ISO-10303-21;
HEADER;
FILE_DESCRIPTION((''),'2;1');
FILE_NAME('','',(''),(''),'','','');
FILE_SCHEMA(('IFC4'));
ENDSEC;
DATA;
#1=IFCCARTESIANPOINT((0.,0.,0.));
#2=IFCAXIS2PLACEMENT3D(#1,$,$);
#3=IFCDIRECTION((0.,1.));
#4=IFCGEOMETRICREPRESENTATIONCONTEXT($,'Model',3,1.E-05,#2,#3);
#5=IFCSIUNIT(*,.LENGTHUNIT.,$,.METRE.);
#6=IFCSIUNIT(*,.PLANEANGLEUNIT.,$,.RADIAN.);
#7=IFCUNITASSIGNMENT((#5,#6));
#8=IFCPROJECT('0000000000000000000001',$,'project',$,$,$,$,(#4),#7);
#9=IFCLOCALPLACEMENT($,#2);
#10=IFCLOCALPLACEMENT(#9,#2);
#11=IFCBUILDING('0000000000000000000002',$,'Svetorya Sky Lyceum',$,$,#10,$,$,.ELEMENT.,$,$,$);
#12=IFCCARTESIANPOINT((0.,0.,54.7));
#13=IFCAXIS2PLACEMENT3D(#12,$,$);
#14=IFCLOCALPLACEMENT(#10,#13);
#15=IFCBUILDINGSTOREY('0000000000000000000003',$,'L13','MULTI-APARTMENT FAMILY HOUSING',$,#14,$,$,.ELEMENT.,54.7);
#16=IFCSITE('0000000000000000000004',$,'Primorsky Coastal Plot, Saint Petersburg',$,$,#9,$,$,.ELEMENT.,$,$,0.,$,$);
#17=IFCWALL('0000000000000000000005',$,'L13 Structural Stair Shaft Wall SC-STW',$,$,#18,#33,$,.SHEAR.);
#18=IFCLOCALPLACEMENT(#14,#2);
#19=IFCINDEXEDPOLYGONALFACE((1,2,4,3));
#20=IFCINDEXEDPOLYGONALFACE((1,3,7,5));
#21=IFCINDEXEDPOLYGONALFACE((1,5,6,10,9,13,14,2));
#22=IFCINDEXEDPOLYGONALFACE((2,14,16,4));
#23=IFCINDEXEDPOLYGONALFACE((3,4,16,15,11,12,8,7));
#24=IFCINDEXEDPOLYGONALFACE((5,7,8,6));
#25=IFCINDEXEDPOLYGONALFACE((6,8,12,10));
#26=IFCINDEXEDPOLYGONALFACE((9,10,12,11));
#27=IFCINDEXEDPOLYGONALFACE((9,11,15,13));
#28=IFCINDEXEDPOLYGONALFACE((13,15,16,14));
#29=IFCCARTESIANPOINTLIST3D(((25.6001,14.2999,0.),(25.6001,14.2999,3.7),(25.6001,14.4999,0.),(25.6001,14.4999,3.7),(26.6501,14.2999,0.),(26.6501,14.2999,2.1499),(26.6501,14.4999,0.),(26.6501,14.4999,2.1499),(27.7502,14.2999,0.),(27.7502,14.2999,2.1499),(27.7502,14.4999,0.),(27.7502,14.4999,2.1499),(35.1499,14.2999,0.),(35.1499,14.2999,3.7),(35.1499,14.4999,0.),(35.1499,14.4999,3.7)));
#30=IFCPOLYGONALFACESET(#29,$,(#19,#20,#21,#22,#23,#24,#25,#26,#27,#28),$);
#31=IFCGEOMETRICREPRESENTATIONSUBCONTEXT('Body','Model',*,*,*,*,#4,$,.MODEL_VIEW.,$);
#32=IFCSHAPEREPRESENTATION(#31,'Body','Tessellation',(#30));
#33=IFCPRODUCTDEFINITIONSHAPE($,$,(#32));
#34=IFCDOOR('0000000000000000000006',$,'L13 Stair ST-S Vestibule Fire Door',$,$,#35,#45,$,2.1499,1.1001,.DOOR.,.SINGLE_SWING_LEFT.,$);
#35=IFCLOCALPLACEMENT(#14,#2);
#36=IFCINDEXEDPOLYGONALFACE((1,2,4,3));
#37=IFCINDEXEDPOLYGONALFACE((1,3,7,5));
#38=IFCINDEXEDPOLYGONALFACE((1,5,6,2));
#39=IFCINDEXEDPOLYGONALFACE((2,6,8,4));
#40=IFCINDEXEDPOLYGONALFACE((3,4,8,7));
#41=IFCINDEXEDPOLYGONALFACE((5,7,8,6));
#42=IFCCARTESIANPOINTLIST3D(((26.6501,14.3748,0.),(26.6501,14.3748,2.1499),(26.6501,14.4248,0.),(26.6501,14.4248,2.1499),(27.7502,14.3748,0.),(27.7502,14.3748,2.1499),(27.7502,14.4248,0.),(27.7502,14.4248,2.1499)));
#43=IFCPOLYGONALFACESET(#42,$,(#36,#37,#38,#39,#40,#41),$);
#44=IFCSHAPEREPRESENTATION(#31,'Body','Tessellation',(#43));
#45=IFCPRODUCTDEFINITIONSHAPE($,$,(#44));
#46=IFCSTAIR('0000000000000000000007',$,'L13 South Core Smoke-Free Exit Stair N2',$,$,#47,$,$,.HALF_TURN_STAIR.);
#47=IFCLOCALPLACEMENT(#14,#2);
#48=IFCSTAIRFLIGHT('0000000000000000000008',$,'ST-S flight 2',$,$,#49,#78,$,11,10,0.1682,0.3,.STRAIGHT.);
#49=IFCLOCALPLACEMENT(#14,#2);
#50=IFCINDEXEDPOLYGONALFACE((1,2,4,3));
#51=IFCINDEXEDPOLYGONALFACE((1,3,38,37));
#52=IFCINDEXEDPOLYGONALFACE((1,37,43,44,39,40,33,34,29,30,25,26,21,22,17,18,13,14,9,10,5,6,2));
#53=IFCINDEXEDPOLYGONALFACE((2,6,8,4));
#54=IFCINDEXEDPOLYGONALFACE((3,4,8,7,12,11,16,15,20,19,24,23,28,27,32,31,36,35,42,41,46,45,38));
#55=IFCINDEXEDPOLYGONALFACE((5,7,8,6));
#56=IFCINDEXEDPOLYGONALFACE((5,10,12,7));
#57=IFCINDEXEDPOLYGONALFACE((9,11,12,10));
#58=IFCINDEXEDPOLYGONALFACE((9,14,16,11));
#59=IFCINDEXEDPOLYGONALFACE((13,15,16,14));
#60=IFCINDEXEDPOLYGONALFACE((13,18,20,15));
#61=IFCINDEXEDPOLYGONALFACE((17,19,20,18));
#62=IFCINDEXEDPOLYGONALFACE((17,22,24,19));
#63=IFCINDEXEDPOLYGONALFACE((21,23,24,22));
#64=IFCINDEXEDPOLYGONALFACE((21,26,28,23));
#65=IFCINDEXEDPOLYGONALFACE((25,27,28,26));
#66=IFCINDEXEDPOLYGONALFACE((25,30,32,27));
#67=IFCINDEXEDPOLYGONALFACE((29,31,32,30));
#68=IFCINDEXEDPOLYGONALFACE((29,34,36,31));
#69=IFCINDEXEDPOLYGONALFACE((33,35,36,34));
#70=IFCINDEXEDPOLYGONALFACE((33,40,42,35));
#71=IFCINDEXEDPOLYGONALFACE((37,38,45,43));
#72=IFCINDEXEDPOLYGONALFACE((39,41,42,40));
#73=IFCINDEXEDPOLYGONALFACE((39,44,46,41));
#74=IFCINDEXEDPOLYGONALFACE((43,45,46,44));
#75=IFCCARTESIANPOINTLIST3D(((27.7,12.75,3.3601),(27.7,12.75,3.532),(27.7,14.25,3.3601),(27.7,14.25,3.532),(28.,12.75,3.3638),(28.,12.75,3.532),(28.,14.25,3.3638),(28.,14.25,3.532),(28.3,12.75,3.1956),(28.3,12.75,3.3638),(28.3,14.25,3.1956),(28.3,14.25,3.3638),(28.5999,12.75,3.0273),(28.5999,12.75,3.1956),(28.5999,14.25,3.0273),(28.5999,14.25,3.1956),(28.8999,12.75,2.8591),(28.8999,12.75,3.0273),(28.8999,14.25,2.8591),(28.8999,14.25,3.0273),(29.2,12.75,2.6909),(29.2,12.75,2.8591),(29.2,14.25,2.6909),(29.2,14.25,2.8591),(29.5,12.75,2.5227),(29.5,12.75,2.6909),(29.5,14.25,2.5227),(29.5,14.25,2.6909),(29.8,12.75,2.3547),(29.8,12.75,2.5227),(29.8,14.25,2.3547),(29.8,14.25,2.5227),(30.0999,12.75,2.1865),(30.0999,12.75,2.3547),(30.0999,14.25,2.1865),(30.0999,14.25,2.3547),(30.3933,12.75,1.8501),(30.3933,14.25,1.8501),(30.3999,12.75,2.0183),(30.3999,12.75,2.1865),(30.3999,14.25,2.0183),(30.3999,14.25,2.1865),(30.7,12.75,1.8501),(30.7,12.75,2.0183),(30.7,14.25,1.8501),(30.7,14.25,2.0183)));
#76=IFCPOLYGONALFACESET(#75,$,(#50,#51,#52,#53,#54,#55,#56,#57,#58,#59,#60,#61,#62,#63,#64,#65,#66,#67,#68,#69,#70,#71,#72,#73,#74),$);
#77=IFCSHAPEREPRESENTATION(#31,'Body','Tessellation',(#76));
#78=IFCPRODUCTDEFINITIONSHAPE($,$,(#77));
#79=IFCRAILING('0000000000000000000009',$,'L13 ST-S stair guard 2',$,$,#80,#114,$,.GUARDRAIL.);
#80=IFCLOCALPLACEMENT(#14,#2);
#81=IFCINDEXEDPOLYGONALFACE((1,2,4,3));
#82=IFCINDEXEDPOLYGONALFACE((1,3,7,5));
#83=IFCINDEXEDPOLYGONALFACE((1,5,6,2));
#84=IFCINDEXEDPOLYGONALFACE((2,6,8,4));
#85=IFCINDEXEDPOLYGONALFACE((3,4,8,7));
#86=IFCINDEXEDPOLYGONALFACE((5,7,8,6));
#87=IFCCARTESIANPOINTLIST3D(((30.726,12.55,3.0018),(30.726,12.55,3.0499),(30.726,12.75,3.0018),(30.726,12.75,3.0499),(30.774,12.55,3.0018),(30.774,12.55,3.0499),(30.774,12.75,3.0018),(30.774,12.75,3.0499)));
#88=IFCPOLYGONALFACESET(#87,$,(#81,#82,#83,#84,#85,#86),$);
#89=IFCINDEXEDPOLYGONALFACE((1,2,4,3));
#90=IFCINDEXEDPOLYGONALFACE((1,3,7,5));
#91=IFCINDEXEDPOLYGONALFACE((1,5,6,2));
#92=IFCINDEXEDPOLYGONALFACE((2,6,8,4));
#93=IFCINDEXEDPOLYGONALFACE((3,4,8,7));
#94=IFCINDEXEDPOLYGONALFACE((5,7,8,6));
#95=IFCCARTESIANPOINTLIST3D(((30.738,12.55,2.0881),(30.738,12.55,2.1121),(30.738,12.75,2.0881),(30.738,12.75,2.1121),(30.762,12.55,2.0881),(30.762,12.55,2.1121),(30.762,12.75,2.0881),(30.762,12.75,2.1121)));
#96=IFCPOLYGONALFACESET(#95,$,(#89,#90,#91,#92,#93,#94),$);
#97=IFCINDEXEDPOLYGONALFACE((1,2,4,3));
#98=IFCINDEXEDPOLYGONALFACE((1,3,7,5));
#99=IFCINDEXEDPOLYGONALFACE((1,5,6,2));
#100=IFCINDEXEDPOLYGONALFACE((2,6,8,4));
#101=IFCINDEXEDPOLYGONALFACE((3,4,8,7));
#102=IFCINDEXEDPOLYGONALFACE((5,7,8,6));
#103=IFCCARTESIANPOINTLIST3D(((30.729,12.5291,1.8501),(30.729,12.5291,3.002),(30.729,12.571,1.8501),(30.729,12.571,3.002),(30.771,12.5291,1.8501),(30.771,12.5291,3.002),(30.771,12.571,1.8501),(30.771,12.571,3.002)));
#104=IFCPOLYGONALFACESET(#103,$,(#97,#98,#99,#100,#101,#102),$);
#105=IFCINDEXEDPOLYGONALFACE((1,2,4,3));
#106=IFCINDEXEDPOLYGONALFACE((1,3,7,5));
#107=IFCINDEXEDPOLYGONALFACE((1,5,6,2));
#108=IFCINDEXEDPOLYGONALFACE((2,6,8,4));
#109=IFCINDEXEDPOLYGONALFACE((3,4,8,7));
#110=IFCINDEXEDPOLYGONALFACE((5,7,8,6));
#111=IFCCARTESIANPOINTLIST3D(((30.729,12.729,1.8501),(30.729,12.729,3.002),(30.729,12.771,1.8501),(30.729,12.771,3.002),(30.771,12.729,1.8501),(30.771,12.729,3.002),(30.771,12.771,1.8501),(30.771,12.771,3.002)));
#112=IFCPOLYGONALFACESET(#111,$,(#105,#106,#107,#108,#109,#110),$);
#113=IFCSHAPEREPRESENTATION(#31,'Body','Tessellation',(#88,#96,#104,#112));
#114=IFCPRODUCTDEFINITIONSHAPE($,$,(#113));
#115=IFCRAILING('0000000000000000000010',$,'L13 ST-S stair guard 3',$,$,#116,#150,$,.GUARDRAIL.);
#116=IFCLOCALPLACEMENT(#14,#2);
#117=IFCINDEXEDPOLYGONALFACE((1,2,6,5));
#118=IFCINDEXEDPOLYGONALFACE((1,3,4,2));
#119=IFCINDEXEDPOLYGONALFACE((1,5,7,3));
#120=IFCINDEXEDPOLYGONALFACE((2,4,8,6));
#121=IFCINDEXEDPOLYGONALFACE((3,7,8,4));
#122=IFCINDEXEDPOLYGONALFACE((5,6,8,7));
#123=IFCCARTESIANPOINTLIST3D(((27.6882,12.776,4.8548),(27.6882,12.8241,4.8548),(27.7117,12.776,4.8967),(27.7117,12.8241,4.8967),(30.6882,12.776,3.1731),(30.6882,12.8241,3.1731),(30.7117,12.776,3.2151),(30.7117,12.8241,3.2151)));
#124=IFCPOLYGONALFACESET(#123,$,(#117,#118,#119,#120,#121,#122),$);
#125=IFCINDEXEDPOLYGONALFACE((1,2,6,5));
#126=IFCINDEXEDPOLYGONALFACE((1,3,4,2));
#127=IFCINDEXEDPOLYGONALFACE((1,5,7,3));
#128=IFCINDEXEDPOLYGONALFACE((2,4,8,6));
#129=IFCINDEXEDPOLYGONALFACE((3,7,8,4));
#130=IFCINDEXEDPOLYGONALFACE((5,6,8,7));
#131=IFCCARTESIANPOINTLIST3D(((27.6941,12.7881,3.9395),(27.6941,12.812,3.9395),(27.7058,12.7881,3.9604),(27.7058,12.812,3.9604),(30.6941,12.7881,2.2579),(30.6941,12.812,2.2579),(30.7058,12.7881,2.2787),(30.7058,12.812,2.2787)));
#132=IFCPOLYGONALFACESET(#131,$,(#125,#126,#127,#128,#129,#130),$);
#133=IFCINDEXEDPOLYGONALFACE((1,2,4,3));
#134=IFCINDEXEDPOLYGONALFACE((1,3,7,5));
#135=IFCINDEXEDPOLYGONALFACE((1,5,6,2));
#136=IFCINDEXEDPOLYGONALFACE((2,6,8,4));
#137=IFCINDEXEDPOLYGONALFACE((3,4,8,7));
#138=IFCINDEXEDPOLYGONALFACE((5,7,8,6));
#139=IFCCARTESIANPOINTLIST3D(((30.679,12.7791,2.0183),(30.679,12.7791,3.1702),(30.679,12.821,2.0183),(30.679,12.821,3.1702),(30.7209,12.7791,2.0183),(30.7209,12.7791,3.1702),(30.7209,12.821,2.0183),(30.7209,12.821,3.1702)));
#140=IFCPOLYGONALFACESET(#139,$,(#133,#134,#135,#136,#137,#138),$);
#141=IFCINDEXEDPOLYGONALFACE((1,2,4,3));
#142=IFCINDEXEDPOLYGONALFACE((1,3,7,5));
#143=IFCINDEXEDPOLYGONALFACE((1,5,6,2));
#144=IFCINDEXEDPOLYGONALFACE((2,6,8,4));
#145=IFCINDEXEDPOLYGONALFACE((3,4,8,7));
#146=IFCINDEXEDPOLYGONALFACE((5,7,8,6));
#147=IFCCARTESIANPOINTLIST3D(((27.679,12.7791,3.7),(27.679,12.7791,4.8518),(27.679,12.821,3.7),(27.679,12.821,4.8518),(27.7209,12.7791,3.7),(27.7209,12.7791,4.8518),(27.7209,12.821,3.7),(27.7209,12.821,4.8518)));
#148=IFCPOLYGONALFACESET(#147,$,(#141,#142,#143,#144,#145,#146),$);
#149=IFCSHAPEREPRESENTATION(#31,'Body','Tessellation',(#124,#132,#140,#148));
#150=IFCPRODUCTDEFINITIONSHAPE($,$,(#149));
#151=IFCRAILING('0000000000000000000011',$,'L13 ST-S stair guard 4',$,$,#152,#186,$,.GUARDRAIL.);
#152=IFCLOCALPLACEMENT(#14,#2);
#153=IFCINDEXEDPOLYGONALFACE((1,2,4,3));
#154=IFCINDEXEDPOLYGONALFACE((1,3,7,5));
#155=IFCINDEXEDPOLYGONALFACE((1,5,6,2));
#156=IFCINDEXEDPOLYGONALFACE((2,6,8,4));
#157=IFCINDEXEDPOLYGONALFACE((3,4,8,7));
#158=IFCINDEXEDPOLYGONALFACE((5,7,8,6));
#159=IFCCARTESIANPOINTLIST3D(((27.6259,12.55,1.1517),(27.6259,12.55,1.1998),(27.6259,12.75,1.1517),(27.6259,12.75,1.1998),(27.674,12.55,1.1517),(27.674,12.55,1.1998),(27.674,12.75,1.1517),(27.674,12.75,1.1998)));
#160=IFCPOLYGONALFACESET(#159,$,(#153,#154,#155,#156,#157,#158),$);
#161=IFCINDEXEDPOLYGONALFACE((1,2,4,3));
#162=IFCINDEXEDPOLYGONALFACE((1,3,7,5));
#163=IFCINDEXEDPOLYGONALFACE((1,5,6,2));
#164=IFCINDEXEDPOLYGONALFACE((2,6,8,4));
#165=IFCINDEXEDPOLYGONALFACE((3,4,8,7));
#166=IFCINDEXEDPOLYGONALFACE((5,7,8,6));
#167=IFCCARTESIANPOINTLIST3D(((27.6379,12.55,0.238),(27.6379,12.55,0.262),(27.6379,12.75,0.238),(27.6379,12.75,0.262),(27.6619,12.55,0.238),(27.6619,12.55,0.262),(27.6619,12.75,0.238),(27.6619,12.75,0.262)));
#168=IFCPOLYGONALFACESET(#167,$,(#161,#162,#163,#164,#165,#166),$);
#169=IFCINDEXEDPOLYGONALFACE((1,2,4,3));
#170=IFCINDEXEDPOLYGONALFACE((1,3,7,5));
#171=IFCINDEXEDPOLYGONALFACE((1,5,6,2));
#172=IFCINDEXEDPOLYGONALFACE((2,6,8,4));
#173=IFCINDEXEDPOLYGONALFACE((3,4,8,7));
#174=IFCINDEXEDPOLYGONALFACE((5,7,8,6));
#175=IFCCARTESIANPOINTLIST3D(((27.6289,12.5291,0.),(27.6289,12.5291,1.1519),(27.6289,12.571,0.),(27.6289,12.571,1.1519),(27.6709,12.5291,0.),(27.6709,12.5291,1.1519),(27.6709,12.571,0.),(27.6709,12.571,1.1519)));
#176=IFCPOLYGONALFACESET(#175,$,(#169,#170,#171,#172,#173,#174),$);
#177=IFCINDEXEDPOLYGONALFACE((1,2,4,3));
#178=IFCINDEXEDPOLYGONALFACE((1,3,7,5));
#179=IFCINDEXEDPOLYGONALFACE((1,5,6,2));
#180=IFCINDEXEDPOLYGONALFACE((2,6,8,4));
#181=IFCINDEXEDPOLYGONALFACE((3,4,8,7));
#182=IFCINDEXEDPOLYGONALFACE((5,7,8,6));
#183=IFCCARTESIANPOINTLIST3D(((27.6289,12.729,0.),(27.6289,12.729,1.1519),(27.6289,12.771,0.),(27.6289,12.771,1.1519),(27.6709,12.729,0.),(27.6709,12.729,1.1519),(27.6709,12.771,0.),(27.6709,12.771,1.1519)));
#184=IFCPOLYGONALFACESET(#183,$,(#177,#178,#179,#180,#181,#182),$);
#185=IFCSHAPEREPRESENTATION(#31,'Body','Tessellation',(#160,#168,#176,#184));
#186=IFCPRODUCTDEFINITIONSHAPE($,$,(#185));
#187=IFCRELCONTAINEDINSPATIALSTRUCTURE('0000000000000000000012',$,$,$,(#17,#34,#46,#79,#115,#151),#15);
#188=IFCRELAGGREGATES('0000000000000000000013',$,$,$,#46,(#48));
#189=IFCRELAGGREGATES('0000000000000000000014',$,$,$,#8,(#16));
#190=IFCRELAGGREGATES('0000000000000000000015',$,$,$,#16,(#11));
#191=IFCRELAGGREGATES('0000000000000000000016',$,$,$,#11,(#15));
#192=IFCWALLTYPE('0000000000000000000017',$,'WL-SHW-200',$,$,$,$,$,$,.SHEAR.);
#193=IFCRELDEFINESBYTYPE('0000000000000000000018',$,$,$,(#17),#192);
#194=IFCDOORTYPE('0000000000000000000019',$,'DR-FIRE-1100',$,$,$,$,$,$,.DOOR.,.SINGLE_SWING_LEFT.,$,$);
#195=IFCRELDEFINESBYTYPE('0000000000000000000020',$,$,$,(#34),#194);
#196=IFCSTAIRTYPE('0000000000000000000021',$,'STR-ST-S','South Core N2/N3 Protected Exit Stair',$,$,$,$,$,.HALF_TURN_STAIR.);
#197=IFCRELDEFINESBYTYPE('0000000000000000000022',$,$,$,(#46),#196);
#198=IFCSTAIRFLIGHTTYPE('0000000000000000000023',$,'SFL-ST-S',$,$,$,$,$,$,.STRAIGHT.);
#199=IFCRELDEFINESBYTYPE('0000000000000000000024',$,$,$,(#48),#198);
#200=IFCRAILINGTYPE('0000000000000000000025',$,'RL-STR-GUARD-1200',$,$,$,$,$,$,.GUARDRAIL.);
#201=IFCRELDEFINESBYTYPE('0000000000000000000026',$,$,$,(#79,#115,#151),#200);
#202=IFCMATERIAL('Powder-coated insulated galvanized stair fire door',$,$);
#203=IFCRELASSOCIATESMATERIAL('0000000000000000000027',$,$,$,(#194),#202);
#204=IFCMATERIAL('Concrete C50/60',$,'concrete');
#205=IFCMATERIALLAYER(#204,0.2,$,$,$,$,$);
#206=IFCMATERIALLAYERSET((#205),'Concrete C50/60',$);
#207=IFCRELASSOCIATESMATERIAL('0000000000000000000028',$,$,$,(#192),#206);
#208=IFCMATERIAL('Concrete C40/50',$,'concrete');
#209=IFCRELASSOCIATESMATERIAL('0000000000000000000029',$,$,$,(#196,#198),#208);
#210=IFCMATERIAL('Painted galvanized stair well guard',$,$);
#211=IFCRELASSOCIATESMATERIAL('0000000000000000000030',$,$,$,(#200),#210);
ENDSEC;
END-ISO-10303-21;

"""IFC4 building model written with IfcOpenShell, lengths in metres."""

from ifc_helpers import new_model, si_unit, direction, frame, frame_2d, origin, origin_2d, place, context, subcontext, project, spatial, polyline, rectangle, outline, extrude, material, layer, layer_set, type_object, element, fill, aggregate, save


model = new_model("IFC4")

# Units and contexts
model_context = context("Model", 3, precision=1e-05, world=origin(), true_north=direction((0.0, 1.0)))
body_context = subcontext(model_context, "Body", "Model", "MODEL_VIEW")
ifc_project = project(units=[si_unit("LENGTHUNIT", "METRE"), si_unit("PLANEANGLEUNIT", "RADIAN")], contexts=[model_context])

# Site, building, storey
site_placement = place(None, origin())
site = spatial("IfcSite", under=ifc_project, at=site_placement, Name="Primorsky Coastal Plot, Saint Petersburg", CompositionType="ELEMENT", RefElevation=0.0)
building_placement = place(site_placement, origin())
building = spatial("IfcBuilding", under=site, at=building_placement, Name="Svetorya Sky Lyceum", CompositionType="ELEMENT")
storey_placement = place(building_placement, frame((0.0, 0.0, 54.7)))
storey = spatial("IfcBuildingStorey", under=building, at=storey_placement, Name="L13", Description="MULTI-APARTMENT FAMILY HOUSING", CompositionType="ELEMENT", Elevation=54.7)

# Shared definitions
ifc_material_1 = material(Name="Concrete C50/60", Category="concrete")

# Shared definitions
ifc_material_2 = material(Name="Powder-coated insulated galvanized stair fire door")
door_type_1 = type_object("IfcDoorType", Name="DR-FIRE-1100", OperationType="SINGLE_SWING_LEFT", PredefinedType="DOOR", material=ifc_material_2)

# Wall, opening, door
ifc_layer_1 = layer(ifc_material_1, 0.2)
ifc_layer_set_1 = layer_set([ifc_layer_1], Name="Concrete C50/60")
wall_type_1 = type_object("IfcWallType", Name="WL-SHW-200", PredefinedType="SHEAR", material=ifc_layer_set_1)
wall_1_placement = place(storey_placement, frame((25.6001, 14.3999, 0.0), z_axis=(0.0, 0.0, 1.0), x_axis=(1.0, 0.0, 0.0)))
wall_1 = element("IfcWall", 1, at=wall_1_placement, inside=storey, type_object=wall_type_1, Name="L13 Structural Stair Shaft Wall SC-STW", PredefinedType="SHEAR", context=body_context, shape_type="SweptSolid", body=[
    extrude(rectangle(XDim=9.5498, YDim=0.2, at=frame_2d((4.7749, 0.0))), origin(), (0.0, 0.0, 1.0), 3.7),
])
opening_1_placement = place(wall_1_placement, frame((1.05, 0.0, 0.0)))
opening_1 = element("IfcOpeningElement", 2, at=opening_1_placement, cuts=wall_1, PredefinedType="OPENING", context=body_context, shape_type="SweptSolid", body=[
    extrude(rectangle(XDim=1.1001, YDim=2.1499, at=frame_2d((0.55, 1.075))), frame((0.0, 0.1099, 0.0), z_axis=(0.0, -1.0, 0.0), x_axis=(1.0, 0.0, 0.0)), (0.0, 0.0, 1.0), 0.22),
])
door_1_placement = place(opening_1_placement, origin())
door_1 = element("IfcDoor", 3, at=door_1_placement, inside=storey, type_object=door_type_1, Name="L13 Stair ST-S Vestibule Fire Door", OperationType="SINGLE_SWING_LEFT", OverallHeight=2.1499, OverallWidth=1.1001, PredefinedType="DOOR", context=body_context, shape_type="SweptSolid", body=[
    extrude(rectangle(XDim=1.1001, YDim=2.1499, at=frame_2d((0.55, 1.075))), frame((0.0, 0.0249, 0.0), z_axis=(0.0, -1.0, 0.0), x_axis=(1.0, 0.0, 0.0)), (0.0, 0.0, 1.0), 0.05),
])
fill(opening_1, door_1)

# Stair, stair flight
ifc_material_3 = material(Name="Concrete C40/50", Category="concrete")
stair_type = type_object("IfcStairType", Name="STR-ST-S", Description="South Core N2/N3 Protected Exit Stair", PredefinedType="HALF_TURN_STAIR", material=ifc_material_3)
stair_placement = place(storey_placement, origin())
stair = element("IfcStair", 4, at=stair_placement, inside=storey, type_object=stair_type, Name="L13 South Core Smoke-Free Exit Stair N2", PredefinedType="HALF_TURN_STAIR")
stair_flight_type = type_object("IfcStairFlightType", Name="SFL-ST-S", PredefinedType="STRAIGHT", material=ifc_material_3)
stair_flight_placement = place(storey_placement, frame((30.7, 13.5, 1.8501), z_axis=(0.0, 0.0, 1.0), x_axis=(-1.0, 0.0, 0.0)))
stair_flight = element("IfcStairFlight", 5, at=stair_flight_placement, type_object=stair_flight_type, Name="ST-S flight 2", NumberOfRisers=11, NumberOfTreads=10, PredefinedType="STRAIGHT", RiserHeight=0.1682, TreadLength=0.3, context=body_context, shape_type="SweptSolid", body=[
    extrude(outline(polyline([(0.0, 0.0), (0.0, 0.1682), (0.3, 0.1682), (0.3, 0.3364), (0.6001, 0.3364), (0.6001, 0.5046), (0.8999, 0.5046), (0.8999, 0.6726), (1.2, 0.6726), (1.2, 0.8408), (1.5, 0.8408), (1.5, 1.009), (1.8, 1.009), (1.8, 1.1772), (2.1001, 1.1772), (2.1001, 1.3455), (2.3999, 1.3455), (2.3999, 1.5137), (2.7, 1.5137), (2.7, 1.6819), (3.0, 1.6819), (3.0, 1.8501), (3.0, 1.51), (0.3066, 0.0), (0.0, 0.0)])), frame((0.0, 0.75, 0.0), z_axis=(0.0, -1.0, 0.0), x_axis=(1.0, 0.0, 0.0)), (0.0, 0.0, 1.0), 1.5),
])
aggregate(stair, [stair_flight])

# Railings
ifc_material_4 = material(Name="Painted galvanized stair well guard")
railing_type_1 = type_object("IfcRailingType", Name="RL-STR-GUARD-1200", PredefinedType="GUARDRAIL", material=ifc_material_4)
railing_1_placement = place(storey_placement, frame((30.75, 12.55, 1.8501)))
element("IfcRailing", 6, at=railing_1_placement, inside=storey, type_object=railing_type_1, Name="L13 ST-S stair guard 2", PredefinedType="GUARDRAIL", context=body_context, shape_type="SweptSolid", body=[
    extrude(rectangle(XDim=0.0481, YDim=0.0481, at=origin_2d()), frame((0.0, 0.0, 1.1758), z_axis=(0.0, 1.0, 0.0), x_axis=(-1.0, 0.0, 0.0)), (0.0, 0.0, 1.0), 0.2),
    extrude(rectangle(XDim=0.0239, YDim=0.0239, at=origin_2d()), frame((0.0, 0.0, 0.25), z_axis=(0.0, 1.0, 0.0), x_axis=(-1.0, 0.0, 0.0)), (0.0, 0.0, 1.0), 0.2),
    extrude(rectangle(XDim=0.042, YDim=0.042, at=origin_2d()), origin(), (0.0, 0.0, 1.0), 1.1519),
    extrude(rectangle(XDim=0.042, YDim=0.042, at=origin_2d()), frame((0.0, 0.2, 0.0)), (0.0, 0.0, 1.0), 1.1519),
])
railing_2_placement = place(storey_placement, frame((30.7, 12.8, 2.0183)))
element("IfcRailing", 7, at=railing_2_placement, inside=storey, type_object=railing_type_1, Name="L13 ST-S stair guard 3", PredefinedType="GUARDRAIL", context=body_context, shape_type="SweptSolid", body=[
    extrude(rectangle(XDim=0.0481, YDim=0.0481, at=origin_2d()), frame((0.0, 0.0, 1.1758), z_axis=(-0.872303, 0.0, 0.488966), x_axis=(0.0, -1.0, 0.0)), (0.0, 0.0, 1.0), 3.4392),
    extrude(rectangle(XDim=0.0239, YDim=0.0239, at=origin_2d()), frame((0.0, 0.0, 0.25), z_axis=(-0.872303, 0.0, 0.488966), x_axis=(0.0, -1.0, 0.0)), (0.0, 0.0, 1.0), 3.4392),
    extrude(rectangle(XDim=0.042, YDim=0.042, at=origin_2d()), origin(), (0.0, 0.0, 1.0), 1.1519),
    extrude(rectangle(XDim=0.042, YDim=0.042, at=origin_2d()), frame((-3.0, 0.0, 1.6816)), (0.0, 0.0, 1.0), 1.1519),
])
railing_3_placement = place(storey_placement, frame((27.6499, 12.55, 0.0)))
element("IfcRailing", 8, at=railing_3_placement, inside=storey, type_object=railing_type_1, Name="L13 ST-S stair guard 4", PredefinedType="GUARDRAIL", context=body_context, shape_type="SweptSolid", body=[
    extrude(rectangle(XDim=0.0481, YDim=0.0481, at=origin_2d()), frame((0.0, 0.0, 1.1758), z_axis=(0.0, 1.0, 0.0), x_axis=(-1.0, 0.0, 0.0)), (0.0, 0.0, 1.0), 0.2),
    extrude(rectangle(XDim=0.0239, YDim=0.0239, at=origin_2d()), frame((0.0, 0.0, 0.25), z_axis=(0.0, 1.0, 0.0), x_axis=(-1.0, 0.0, 0.0)), (0.0, 0.0, 1.0), 0.2),
    extrude(rectangle(XDim=0.042, YDim=0.042, at=origin_2d()), origin(), (0.0, 0.0, 1.0), 1.1519),
    extrude(rectangle(XDim=0.042, YDim=0.042, at=origin_2d()), frame((0.0, 0.2, 0.0)), (0.0, 0.0, 1.0), 1.1519),
])

save(model, "model.ifc")
